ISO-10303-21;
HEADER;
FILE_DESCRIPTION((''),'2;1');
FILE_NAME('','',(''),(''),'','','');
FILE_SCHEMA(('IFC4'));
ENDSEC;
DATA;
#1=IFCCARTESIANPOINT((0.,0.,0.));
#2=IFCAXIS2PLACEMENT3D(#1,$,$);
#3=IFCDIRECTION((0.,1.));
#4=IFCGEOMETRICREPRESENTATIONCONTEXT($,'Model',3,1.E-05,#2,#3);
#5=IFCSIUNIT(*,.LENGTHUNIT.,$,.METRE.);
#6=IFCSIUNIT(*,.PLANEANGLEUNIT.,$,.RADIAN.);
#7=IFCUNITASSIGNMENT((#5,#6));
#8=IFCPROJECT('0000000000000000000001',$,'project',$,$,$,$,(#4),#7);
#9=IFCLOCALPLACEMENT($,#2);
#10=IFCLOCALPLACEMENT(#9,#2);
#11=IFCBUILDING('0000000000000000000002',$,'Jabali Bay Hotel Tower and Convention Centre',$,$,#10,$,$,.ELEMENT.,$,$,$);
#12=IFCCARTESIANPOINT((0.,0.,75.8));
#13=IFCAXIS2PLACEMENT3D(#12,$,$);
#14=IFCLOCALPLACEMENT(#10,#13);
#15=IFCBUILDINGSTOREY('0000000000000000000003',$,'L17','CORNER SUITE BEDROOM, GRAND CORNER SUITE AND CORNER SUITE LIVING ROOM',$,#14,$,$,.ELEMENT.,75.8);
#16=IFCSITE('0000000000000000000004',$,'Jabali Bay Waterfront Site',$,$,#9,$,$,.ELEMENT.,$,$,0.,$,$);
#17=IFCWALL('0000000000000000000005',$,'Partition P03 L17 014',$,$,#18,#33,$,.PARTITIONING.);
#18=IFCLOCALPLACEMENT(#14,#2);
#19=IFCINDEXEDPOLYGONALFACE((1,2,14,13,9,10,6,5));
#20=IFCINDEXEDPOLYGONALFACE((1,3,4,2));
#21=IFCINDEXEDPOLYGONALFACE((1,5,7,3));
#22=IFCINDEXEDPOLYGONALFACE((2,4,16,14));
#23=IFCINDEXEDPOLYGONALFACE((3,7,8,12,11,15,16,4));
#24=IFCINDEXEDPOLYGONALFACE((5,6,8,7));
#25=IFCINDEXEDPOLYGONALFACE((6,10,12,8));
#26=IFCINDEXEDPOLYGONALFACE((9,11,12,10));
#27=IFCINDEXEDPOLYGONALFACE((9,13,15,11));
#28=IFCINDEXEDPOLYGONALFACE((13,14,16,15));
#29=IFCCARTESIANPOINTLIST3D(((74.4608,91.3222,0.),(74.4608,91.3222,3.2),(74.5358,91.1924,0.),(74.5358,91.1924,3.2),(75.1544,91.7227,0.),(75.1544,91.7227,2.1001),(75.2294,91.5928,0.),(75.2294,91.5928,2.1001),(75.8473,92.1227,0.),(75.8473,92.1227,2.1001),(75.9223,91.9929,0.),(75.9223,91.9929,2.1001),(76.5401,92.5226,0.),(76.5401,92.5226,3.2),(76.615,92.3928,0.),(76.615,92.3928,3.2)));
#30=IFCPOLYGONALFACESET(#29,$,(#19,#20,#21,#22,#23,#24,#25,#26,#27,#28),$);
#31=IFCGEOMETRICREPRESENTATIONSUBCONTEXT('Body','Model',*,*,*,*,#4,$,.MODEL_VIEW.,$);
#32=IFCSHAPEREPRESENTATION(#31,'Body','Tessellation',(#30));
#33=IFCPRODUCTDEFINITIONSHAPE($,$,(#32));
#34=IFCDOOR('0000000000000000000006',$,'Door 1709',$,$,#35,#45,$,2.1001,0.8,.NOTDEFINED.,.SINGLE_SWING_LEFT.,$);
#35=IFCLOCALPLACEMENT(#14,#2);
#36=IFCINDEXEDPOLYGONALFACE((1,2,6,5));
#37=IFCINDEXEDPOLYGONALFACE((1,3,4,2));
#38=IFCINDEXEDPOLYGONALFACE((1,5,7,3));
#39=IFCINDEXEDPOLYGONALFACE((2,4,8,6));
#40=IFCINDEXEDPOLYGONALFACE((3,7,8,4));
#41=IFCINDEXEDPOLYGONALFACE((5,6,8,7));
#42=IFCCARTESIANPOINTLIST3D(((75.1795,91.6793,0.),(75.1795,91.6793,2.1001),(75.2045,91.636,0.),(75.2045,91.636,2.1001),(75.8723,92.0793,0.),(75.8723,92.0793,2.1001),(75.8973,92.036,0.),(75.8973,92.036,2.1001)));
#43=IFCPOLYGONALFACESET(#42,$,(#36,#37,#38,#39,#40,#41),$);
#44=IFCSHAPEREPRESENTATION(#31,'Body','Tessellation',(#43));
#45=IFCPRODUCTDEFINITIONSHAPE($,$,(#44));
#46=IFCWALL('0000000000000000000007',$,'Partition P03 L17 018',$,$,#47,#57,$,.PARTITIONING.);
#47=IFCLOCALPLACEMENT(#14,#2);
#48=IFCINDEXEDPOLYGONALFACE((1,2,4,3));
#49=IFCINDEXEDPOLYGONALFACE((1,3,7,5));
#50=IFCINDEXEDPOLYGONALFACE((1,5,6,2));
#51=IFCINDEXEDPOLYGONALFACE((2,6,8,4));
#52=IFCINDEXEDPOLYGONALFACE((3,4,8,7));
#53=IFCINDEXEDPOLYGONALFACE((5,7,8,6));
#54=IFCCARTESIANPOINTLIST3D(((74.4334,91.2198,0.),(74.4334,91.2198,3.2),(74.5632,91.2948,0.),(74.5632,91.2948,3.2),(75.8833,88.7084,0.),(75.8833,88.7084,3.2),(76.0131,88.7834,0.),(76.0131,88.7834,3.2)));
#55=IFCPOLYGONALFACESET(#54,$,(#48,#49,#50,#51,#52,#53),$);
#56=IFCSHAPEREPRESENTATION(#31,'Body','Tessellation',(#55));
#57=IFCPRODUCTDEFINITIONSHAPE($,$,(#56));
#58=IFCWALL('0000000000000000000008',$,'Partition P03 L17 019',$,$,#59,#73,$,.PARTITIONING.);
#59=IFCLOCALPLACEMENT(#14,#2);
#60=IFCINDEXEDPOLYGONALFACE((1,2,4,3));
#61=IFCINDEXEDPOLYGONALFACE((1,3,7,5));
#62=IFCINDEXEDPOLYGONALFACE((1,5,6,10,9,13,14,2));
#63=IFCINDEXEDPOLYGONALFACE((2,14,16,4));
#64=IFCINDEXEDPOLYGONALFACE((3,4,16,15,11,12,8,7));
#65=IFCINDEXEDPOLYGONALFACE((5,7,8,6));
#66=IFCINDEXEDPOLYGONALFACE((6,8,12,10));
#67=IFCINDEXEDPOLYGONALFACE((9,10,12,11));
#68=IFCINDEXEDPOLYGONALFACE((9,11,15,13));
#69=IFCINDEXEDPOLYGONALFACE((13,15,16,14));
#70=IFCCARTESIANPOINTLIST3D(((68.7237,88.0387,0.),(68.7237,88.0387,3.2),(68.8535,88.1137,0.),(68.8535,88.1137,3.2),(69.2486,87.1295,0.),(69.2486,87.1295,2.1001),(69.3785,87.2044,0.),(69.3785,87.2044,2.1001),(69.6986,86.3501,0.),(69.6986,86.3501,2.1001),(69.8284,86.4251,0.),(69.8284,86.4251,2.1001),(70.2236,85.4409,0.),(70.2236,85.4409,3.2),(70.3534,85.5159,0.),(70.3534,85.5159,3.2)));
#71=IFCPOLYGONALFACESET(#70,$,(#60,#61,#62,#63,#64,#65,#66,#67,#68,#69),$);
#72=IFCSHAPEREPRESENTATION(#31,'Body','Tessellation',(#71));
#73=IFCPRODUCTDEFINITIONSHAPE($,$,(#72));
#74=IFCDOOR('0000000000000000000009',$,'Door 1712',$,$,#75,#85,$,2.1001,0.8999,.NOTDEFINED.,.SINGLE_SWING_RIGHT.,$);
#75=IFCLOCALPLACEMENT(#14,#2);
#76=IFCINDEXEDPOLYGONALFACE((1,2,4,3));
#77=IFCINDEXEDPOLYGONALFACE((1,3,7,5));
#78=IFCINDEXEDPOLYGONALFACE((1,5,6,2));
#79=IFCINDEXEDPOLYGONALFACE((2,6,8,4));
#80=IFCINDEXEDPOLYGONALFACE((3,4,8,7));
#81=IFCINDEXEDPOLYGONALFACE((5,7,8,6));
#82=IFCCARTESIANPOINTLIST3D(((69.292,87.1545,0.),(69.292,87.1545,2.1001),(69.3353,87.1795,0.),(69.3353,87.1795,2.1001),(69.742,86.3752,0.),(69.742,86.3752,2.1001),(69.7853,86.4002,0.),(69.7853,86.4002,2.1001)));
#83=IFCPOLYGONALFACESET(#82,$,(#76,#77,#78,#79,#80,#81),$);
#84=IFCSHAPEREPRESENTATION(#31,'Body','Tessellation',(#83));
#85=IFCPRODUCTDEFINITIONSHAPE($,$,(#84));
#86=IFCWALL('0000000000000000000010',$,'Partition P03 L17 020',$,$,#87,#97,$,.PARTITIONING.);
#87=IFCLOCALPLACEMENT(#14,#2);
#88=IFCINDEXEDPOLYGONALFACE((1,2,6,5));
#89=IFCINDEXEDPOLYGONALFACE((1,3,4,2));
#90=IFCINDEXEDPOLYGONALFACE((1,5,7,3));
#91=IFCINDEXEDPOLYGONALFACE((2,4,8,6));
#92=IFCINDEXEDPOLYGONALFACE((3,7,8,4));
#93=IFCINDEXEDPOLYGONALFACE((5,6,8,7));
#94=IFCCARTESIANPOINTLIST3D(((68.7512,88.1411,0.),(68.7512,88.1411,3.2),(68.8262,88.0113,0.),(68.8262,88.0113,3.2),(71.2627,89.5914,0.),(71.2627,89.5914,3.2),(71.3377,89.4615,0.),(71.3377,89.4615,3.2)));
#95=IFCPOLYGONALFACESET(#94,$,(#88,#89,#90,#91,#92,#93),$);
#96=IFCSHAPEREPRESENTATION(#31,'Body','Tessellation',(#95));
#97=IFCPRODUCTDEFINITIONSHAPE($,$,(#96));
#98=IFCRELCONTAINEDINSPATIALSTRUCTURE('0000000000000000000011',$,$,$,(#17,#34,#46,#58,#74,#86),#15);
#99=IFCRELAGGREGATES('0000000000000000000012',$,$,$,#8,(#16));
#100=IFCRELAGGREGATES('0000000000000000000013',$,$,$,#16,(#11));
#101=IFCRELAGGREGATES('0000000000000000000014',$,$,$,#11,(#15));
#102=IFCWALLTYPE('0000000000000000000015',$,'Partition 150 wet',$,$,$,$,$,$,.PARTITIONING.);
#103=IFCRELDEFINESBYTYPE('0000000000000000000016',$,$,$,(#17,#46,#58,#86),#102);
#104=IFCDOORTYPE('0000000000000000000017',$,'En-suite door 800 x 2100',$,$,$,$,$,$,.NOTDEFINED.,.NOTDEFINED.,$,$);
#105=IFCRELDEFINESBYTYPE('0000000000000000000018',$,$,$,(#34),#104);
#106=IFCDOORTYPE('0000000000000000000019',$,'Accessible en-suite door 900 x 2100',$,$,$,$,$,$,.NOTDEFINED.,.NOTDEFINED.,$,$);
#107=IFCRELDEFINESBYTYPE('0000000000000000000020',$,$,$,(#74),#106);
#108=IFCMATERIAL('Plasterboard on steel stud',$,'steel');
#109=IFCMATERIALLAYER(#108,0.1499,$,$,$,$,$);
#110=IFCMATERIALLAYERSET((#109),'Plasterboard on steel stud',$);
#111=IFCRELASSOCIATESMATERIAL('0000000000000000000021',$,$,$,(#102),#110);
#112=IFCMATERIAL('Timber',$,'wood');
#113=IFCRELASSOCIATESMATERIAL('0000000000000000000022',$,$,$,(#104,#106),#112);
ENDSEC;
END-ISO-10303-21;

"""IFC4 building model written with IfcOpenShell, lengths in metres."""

from ifc_helpers import new_model, si_unit, direction, frame, frame_2d, origin, place, context, subcontext, project, spatial, rectangle, extrude, material, layer, layer_set, type_object, element, fill, save


model = new_model("IFC4")

# Units and contexts
model_context = context("Model", 3, precision=1e-05, world=origin(), true_north=direction((0.0, 1.0)))
body_context = subcontext(model_context, "Body", "Model", "MODEL_VIEW")
ifc_project = project(units=[si_unit("LENGTHUNIT", "METRE"), si_unit("PLANEANGLEUNIT", "RADIAN")], contexts=[model_context])

# Site, building, storey
site_placement = place(None, origin())
site = spatial("IfcSite", under=ifc_project, at=site_placement, Name="Jabali Bay Waterfront Site", CompositionType="ELEMENT", RefElevation=0.0)
building_placement = place(site_placement, origin())
building = spatial("IfcBuilding", under=site, at=building_placement, Name="Jabali Bay Hotel Tower and Convention Centre", CompositionType="ELEMENT")
storey_placement = place(building_placement, frame((0.0, 0.0, 75.8)))
storey = spatial("IfcBuildingStorey", under=building, at=storey_placement, Name="L17", Description="CORNER SUITE BEDROOM, GRAND CORNER SUITE AND CORNER SUITE LIVING ROOM", CompositionType="ELEMENT", Elevation=75.8)

# Shared definitions
ifc_material_1 = material(Name="Timber", Category="wood")

# Shared definitions
ifc_material_2 = material(Name="Plasterboard on steel stud", Category="steel")

# Wall, opening, door
ifc_layer_1 = layer(ifc_material_2, 0.1499)
ifc_layer_set_1 = layer_set([ifc_layer_1], Name="Plasterboard on steel stud")
wall_type_1 = type_object("IfcWallType", Name="Partition 150 wet", PredefinedType="PARTITIONING", material=ifc_layer_set_1)
wall_1_placement = place(storey_placement, frame((74.4983, 91.2573, 0.0), z_axis=(0.0, 0.0, 1.0), x_axis=(0.866038, 0.499978, 0.0)))
wall_1 = element("IfcWall", 1, at=wall_1_placement, inside=storey, type_object=wall_type_1, Name="Partition P03 L17 014", PredefinedType="PARTITIONING", context=body_context, shape_type="SweptSolid", body=[
    extrude(rectangle(XDim=2.4009, YDim=0.1499, at=frame_2d((1.2004, 0.0))), origin(), (0.0, 0.0, 1.0), 3.2),
])
opening_1_placement = place(wall_1_placement, frame((0.801, 0.0, 0.0)))
opening_1 = element("IfcOpeningElement", 2, at=opening_1_placement, cuts=wall_1, PredefinedType="OPENING", context=body_context, shape_type="SweptSolid", body=[
    extrude(rectangle(XDim=0.8, YDim=2.1001, at=frame_2d((0.3999, 1.05))), frame((0.0, 0.0854, 0.0), z_axis=(0.0, -1.0, 0.0), x_axis=(1.0, 0.0, 0.0)), (0.0, 0.0, 1.0), 0.1709),
])
door_type_1 = type_object("IfcDoorType", Name="En-suite door 800 x 2100", OperationType="NOTDEFINED", PredefinedType="NOTDEFINED", material=ifc_material_1)
door_1_placement = place(opening_1_placement, origin())
door_1 = element("IfcDoor", 3, at=door_1_placement, inside=storey, type_object=door_type_1, Name="Door 1709", OperationType="SINGLE_SWING_LEFT", OverallHeight=2.1001, OverallWidth=0.8, PredefinedType="NOTDEFINED", context=body_context, shape_type="SweptSolid", body=[
    extrude(rectangle(XDim=0.8, YDim=2.1001, at=frame_2d((0.3999, 1.05))), frame((0.0, 0.0249, 0.0), z_axis=(0.0, -1.0, 0.0), x_axis=(1.0, 0.0, 0.0)), (0.0, 0.0, 1.0), 0.05),
])
fill(opening_1, door_1)

# Wall
wall_2_placement = place(storey_placement, frame((74.4983, 91.2573, 0.0), z_axis=(0.0, 0.0, 1.0), x_axis=(0.499987, -0.866033, 0.0)))
element("IfcWall", 4, at=wall_2_placement, inside=storey, type_object=wall_type_1, Name="Partition P03 L17 018", PredefinedType="PARTITIONING", context=body_context, shape_type="SweptSolid", body=[
    extrude(rectangle(XDim=2.8999, YDim=0.1499, at=frame_2d((1.45, 0.0))), origin(), (0.0, 0.0, 1.0), 3.2),
])

# Wall, opening, door
wall_3_placement = place(storey_placement, frame((70.2886, 85.4783, 0.0), z_axis=(0.0, 0.0, 1.0), x_axis=(-0.500025, 0.866011, 0.0)))
wall_3 = element("IfcWall", 5, at=wall_3_placement, inside=storey, type_object=wall_type_1, Name="Partition P03 L17 019", PredefinedType="PARTITIONING", context=body_context, shape_type="SweptSolid", body=[
    extrude(rectangle(XDim=2.9998, YDim=0.1499, at=frame_2d((1.5, 0.0))), origin(), (0.0, 0.0, 1.0), 3.2),
])
opening_2_placement = place(wall_3_placement, frame((1.05, 0.0, 0.0)))
opening_2 = element("IfcOpeningElement", 6, at=opening_2_placement, cuts=wall_3, PredefinedType="OPENING", context=body_context, shape_type="SweptSolid", body=[
    extrude(rectangle(XDim=0.8999, YDim=2.1001, at=frame_2d((0.45, 1.05))), frame((0.0, 0.0854, 0.0), z_axis=(0.0, -1.0, 0.0), x_axis=(1.0, 0.0, 0.0)), (0.0, 0.0, 1.0), 0.1709),
])
door_type_2 = type_object("IfcDoorType", Name="Accessible en-suite door 900 x 2100", OperationType="NOTDEFINED", PredefinedType="NOTDEFINED", material=ifc_material_1)
door_2_placement = place(opening_2_placement, origin())
door_2 = element("IfcDoor", 7, at=door_2_placement, inside=storey, type_object=door_type_2, Name="Door 1712", OperationType="SINGLE_SWING_RIGHT", OverallHeight=2.1001, OverallWidth=0.8999, PredefinedType="NOTDEFINED", context=body_context, shape_type="SweptSolid", body=[
    extrude(rectangle(XDim=0.8999, YDim=2.1001, at=frame_2d((0.45, 1.05))), frame((0.0, 0.0249, 0.0), z_axis=(0.0, -1.0, 0.0), x_axis=(1.0, 0.0, 0.0)), (0.0, 0.0, 1.0), 0.05),
])
fill(opening_2, door_2)

# Wall
wall_4_placement = place(storey_placement, frame((68.7886, 88.0762, 0.0), z_axis=(0.0, 0.0, 1.0), x_axis=(0.865996, 0.50005, 0.0)))
element("IfcWall", 8, at=wall_4_placement, inside=storey, type_object=wall_type_1, Name="Partition P03 L17 020", PredefinedType="PARTITIONING", context=body_context, shape_type="SweptSolid", body=[
    extrude(rectangle(XDim=2.9001, YDim=0.1499, at=frame_2d((1.4502, 0.0))), origin(), (0.0, 0.0, 1.0), 3.2),
])

save(model, "model.ifc")
